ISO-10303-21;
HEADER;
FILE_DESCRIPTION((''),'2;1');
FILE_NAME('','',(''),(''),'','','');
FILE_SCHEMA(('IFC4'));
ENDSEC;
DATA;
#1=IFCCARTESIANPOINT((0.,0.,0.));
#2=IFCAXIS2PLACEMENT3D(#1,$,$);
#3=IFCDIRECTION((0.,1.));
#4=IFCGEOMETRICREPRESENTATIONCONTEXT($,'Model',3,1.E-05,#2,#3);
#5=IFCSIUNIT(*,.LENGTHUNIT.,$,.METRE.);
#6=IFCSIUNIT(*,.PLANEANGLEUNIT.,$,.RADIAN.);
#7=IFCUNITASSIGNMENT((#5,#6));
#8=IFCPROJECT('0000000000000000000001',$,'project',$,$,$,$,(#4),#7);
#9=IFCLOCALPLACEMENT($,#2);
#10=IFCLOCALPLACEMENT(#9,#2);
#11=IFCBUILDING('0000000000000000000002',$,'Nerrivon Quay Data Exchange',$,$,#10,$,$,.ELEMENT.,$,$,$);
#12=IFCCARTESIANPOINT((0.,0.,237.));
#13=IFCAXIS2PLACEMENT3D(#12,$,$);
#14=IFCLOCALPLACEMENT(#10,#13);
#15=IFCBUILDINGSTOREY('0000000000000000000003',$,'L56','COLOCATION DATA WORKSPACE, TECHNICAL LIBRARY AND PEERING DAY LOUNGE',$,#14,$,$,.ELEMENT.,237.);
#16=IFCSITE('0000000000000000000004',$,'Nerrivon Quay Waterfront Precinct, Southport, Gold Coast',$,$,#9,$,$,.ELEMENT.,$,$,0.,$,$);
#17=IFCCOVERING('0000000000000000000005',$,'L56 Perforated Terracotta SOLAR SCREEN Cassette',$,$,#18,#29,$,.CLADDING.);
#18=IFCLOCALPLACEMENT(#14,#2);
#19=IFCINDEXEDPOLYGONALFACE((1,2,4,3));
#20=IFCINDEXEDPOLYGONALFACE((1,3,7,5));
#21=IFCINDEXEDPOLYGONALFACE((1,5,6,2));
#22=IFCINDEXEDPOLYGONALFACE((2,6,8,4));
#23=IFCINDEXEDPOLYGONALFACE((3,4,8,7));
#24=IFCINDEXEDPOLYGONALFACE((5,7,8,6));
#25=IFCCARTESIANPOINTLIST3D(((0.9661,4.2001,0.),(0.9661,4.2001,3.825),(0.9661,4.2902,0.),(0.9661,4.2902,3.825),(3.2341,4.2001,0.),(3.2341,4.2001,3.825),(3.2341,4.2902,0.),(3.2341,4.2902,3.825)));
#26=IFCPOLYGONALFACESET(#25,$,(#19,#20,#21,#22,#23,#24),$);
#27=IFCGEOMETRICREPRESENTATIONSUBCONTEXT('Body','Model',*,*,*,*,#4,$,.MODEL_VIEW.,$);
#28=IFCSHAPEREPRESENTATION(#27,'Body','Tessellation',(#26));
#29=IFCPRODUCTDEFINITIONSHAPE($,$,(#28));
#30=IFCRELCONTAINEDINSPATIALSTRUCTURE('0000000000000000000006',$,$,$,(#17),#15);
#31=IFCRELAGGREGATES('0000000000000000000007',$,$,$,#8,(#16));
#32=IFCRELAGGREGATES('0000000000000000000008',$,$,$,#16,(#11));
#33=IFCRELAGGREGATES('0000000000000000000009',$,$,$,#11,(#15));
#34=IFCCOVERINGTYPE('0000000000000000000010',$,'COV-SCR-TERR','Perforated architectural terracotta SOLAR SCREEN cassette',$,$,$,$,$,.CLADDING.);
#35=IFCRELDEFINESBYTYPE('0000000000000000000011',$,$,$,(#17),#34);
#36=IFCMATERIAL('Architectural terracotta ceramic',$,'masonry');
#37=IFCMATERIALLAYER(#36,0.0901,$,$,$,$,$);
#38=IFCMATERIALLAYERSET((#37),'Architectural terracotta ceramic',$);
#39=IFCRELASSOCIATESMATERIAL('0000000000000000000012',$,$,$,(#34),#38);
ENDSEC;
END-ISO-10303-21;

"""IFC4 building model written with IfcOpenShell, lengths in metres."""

from ifc_helpers import new_model, si_unit, direction, frame, origin, origin_2d, place, context, subcontext, project, spatial, rectangle, extrude, material, layer, layer_set, type_object, element, save


model = new_model("IFC4")

# Units and contexts
model_context = context("Model", 3, precision=1e-05, world=origin(), true_north=direction((0.0, 1.0)))
body_context = subcontext(model_context, "Body", "Model", "MODEL_VIEW")
ifc_project = project(units=[si_unit("LENGTHUNIT", "METRE"), si_unit("PLANEANGLEUNIT", "RADIAN")], contexts=[model_context])

# Site, building, storey
site_placement = place(None, origin())
site = spatial("IfcSite", under=ifc_project, at=site_placement, Name="Nerrivon Quay Waterfront Precinct, Southport, Gold Coast", CompositionType="ELEMENT", RefElevation=0.0)
building_placement = place(site_placement, origin())
building = spatial("IfcBuilding", under=site, at=building_placement, Name="Nerrivon Quay Data Exchange", CompositionType="ELEMENT")
storey_placement = place(building_placement, frame((0.0, 0.0, 237.0)))
storey = spatial("IfcBuildingStorey", under=building, at=storey_placement, Name="L56", Description="COLOCATION DATA WORKSPACE, TECHNICAL LIBRARY AND PEERING DAY LOUNGE", CompositionType="ELEMENT", Elevation=237.0)

# Covering
ifc_material_1 = material(Name="Architectural terracotta ceramic", Category="masonry")
ifc_layer_1 = layer(ifc_material_1, 0.0901)
ifc_layer_set_1 = layer_set([ifc_layer_1], Name="Architectural terracotta ceramic")
covering_type = type_object("IfcCoveringType", Name="COV-SCR-TERR", Description="Perforated architectural terracotta SOLAR SCREEN cassette", PredefinedType="CLADDING", material=ifc_layer_set_1)
for number, where, z_axis, x_axis, name in (
    (1, (2.1001, 4.2451, 0.0), (0.0, 0.0, 1.0), (-1.0, 0.0, 0.0), "L56 Perforated Terracotta SOLAR SCREEN Cassette"),
):
    element("IfcCovering", number, at=place(storey_placement, frame(where, z_axis=z_axis, x_axis=x_axis)), inside=storey, type_object=covering_type, Name=name, PredefinedType="CLADDING", context=body_context, shape_type="SweptSolid", body=[
        extrude(rectangle(XDim=2.2681, YDim=0.0901, at=origin_2d()), origin(), (0.0, 0.0, 1.0), 3.825),
    ])

save(model, "model.ifc")
